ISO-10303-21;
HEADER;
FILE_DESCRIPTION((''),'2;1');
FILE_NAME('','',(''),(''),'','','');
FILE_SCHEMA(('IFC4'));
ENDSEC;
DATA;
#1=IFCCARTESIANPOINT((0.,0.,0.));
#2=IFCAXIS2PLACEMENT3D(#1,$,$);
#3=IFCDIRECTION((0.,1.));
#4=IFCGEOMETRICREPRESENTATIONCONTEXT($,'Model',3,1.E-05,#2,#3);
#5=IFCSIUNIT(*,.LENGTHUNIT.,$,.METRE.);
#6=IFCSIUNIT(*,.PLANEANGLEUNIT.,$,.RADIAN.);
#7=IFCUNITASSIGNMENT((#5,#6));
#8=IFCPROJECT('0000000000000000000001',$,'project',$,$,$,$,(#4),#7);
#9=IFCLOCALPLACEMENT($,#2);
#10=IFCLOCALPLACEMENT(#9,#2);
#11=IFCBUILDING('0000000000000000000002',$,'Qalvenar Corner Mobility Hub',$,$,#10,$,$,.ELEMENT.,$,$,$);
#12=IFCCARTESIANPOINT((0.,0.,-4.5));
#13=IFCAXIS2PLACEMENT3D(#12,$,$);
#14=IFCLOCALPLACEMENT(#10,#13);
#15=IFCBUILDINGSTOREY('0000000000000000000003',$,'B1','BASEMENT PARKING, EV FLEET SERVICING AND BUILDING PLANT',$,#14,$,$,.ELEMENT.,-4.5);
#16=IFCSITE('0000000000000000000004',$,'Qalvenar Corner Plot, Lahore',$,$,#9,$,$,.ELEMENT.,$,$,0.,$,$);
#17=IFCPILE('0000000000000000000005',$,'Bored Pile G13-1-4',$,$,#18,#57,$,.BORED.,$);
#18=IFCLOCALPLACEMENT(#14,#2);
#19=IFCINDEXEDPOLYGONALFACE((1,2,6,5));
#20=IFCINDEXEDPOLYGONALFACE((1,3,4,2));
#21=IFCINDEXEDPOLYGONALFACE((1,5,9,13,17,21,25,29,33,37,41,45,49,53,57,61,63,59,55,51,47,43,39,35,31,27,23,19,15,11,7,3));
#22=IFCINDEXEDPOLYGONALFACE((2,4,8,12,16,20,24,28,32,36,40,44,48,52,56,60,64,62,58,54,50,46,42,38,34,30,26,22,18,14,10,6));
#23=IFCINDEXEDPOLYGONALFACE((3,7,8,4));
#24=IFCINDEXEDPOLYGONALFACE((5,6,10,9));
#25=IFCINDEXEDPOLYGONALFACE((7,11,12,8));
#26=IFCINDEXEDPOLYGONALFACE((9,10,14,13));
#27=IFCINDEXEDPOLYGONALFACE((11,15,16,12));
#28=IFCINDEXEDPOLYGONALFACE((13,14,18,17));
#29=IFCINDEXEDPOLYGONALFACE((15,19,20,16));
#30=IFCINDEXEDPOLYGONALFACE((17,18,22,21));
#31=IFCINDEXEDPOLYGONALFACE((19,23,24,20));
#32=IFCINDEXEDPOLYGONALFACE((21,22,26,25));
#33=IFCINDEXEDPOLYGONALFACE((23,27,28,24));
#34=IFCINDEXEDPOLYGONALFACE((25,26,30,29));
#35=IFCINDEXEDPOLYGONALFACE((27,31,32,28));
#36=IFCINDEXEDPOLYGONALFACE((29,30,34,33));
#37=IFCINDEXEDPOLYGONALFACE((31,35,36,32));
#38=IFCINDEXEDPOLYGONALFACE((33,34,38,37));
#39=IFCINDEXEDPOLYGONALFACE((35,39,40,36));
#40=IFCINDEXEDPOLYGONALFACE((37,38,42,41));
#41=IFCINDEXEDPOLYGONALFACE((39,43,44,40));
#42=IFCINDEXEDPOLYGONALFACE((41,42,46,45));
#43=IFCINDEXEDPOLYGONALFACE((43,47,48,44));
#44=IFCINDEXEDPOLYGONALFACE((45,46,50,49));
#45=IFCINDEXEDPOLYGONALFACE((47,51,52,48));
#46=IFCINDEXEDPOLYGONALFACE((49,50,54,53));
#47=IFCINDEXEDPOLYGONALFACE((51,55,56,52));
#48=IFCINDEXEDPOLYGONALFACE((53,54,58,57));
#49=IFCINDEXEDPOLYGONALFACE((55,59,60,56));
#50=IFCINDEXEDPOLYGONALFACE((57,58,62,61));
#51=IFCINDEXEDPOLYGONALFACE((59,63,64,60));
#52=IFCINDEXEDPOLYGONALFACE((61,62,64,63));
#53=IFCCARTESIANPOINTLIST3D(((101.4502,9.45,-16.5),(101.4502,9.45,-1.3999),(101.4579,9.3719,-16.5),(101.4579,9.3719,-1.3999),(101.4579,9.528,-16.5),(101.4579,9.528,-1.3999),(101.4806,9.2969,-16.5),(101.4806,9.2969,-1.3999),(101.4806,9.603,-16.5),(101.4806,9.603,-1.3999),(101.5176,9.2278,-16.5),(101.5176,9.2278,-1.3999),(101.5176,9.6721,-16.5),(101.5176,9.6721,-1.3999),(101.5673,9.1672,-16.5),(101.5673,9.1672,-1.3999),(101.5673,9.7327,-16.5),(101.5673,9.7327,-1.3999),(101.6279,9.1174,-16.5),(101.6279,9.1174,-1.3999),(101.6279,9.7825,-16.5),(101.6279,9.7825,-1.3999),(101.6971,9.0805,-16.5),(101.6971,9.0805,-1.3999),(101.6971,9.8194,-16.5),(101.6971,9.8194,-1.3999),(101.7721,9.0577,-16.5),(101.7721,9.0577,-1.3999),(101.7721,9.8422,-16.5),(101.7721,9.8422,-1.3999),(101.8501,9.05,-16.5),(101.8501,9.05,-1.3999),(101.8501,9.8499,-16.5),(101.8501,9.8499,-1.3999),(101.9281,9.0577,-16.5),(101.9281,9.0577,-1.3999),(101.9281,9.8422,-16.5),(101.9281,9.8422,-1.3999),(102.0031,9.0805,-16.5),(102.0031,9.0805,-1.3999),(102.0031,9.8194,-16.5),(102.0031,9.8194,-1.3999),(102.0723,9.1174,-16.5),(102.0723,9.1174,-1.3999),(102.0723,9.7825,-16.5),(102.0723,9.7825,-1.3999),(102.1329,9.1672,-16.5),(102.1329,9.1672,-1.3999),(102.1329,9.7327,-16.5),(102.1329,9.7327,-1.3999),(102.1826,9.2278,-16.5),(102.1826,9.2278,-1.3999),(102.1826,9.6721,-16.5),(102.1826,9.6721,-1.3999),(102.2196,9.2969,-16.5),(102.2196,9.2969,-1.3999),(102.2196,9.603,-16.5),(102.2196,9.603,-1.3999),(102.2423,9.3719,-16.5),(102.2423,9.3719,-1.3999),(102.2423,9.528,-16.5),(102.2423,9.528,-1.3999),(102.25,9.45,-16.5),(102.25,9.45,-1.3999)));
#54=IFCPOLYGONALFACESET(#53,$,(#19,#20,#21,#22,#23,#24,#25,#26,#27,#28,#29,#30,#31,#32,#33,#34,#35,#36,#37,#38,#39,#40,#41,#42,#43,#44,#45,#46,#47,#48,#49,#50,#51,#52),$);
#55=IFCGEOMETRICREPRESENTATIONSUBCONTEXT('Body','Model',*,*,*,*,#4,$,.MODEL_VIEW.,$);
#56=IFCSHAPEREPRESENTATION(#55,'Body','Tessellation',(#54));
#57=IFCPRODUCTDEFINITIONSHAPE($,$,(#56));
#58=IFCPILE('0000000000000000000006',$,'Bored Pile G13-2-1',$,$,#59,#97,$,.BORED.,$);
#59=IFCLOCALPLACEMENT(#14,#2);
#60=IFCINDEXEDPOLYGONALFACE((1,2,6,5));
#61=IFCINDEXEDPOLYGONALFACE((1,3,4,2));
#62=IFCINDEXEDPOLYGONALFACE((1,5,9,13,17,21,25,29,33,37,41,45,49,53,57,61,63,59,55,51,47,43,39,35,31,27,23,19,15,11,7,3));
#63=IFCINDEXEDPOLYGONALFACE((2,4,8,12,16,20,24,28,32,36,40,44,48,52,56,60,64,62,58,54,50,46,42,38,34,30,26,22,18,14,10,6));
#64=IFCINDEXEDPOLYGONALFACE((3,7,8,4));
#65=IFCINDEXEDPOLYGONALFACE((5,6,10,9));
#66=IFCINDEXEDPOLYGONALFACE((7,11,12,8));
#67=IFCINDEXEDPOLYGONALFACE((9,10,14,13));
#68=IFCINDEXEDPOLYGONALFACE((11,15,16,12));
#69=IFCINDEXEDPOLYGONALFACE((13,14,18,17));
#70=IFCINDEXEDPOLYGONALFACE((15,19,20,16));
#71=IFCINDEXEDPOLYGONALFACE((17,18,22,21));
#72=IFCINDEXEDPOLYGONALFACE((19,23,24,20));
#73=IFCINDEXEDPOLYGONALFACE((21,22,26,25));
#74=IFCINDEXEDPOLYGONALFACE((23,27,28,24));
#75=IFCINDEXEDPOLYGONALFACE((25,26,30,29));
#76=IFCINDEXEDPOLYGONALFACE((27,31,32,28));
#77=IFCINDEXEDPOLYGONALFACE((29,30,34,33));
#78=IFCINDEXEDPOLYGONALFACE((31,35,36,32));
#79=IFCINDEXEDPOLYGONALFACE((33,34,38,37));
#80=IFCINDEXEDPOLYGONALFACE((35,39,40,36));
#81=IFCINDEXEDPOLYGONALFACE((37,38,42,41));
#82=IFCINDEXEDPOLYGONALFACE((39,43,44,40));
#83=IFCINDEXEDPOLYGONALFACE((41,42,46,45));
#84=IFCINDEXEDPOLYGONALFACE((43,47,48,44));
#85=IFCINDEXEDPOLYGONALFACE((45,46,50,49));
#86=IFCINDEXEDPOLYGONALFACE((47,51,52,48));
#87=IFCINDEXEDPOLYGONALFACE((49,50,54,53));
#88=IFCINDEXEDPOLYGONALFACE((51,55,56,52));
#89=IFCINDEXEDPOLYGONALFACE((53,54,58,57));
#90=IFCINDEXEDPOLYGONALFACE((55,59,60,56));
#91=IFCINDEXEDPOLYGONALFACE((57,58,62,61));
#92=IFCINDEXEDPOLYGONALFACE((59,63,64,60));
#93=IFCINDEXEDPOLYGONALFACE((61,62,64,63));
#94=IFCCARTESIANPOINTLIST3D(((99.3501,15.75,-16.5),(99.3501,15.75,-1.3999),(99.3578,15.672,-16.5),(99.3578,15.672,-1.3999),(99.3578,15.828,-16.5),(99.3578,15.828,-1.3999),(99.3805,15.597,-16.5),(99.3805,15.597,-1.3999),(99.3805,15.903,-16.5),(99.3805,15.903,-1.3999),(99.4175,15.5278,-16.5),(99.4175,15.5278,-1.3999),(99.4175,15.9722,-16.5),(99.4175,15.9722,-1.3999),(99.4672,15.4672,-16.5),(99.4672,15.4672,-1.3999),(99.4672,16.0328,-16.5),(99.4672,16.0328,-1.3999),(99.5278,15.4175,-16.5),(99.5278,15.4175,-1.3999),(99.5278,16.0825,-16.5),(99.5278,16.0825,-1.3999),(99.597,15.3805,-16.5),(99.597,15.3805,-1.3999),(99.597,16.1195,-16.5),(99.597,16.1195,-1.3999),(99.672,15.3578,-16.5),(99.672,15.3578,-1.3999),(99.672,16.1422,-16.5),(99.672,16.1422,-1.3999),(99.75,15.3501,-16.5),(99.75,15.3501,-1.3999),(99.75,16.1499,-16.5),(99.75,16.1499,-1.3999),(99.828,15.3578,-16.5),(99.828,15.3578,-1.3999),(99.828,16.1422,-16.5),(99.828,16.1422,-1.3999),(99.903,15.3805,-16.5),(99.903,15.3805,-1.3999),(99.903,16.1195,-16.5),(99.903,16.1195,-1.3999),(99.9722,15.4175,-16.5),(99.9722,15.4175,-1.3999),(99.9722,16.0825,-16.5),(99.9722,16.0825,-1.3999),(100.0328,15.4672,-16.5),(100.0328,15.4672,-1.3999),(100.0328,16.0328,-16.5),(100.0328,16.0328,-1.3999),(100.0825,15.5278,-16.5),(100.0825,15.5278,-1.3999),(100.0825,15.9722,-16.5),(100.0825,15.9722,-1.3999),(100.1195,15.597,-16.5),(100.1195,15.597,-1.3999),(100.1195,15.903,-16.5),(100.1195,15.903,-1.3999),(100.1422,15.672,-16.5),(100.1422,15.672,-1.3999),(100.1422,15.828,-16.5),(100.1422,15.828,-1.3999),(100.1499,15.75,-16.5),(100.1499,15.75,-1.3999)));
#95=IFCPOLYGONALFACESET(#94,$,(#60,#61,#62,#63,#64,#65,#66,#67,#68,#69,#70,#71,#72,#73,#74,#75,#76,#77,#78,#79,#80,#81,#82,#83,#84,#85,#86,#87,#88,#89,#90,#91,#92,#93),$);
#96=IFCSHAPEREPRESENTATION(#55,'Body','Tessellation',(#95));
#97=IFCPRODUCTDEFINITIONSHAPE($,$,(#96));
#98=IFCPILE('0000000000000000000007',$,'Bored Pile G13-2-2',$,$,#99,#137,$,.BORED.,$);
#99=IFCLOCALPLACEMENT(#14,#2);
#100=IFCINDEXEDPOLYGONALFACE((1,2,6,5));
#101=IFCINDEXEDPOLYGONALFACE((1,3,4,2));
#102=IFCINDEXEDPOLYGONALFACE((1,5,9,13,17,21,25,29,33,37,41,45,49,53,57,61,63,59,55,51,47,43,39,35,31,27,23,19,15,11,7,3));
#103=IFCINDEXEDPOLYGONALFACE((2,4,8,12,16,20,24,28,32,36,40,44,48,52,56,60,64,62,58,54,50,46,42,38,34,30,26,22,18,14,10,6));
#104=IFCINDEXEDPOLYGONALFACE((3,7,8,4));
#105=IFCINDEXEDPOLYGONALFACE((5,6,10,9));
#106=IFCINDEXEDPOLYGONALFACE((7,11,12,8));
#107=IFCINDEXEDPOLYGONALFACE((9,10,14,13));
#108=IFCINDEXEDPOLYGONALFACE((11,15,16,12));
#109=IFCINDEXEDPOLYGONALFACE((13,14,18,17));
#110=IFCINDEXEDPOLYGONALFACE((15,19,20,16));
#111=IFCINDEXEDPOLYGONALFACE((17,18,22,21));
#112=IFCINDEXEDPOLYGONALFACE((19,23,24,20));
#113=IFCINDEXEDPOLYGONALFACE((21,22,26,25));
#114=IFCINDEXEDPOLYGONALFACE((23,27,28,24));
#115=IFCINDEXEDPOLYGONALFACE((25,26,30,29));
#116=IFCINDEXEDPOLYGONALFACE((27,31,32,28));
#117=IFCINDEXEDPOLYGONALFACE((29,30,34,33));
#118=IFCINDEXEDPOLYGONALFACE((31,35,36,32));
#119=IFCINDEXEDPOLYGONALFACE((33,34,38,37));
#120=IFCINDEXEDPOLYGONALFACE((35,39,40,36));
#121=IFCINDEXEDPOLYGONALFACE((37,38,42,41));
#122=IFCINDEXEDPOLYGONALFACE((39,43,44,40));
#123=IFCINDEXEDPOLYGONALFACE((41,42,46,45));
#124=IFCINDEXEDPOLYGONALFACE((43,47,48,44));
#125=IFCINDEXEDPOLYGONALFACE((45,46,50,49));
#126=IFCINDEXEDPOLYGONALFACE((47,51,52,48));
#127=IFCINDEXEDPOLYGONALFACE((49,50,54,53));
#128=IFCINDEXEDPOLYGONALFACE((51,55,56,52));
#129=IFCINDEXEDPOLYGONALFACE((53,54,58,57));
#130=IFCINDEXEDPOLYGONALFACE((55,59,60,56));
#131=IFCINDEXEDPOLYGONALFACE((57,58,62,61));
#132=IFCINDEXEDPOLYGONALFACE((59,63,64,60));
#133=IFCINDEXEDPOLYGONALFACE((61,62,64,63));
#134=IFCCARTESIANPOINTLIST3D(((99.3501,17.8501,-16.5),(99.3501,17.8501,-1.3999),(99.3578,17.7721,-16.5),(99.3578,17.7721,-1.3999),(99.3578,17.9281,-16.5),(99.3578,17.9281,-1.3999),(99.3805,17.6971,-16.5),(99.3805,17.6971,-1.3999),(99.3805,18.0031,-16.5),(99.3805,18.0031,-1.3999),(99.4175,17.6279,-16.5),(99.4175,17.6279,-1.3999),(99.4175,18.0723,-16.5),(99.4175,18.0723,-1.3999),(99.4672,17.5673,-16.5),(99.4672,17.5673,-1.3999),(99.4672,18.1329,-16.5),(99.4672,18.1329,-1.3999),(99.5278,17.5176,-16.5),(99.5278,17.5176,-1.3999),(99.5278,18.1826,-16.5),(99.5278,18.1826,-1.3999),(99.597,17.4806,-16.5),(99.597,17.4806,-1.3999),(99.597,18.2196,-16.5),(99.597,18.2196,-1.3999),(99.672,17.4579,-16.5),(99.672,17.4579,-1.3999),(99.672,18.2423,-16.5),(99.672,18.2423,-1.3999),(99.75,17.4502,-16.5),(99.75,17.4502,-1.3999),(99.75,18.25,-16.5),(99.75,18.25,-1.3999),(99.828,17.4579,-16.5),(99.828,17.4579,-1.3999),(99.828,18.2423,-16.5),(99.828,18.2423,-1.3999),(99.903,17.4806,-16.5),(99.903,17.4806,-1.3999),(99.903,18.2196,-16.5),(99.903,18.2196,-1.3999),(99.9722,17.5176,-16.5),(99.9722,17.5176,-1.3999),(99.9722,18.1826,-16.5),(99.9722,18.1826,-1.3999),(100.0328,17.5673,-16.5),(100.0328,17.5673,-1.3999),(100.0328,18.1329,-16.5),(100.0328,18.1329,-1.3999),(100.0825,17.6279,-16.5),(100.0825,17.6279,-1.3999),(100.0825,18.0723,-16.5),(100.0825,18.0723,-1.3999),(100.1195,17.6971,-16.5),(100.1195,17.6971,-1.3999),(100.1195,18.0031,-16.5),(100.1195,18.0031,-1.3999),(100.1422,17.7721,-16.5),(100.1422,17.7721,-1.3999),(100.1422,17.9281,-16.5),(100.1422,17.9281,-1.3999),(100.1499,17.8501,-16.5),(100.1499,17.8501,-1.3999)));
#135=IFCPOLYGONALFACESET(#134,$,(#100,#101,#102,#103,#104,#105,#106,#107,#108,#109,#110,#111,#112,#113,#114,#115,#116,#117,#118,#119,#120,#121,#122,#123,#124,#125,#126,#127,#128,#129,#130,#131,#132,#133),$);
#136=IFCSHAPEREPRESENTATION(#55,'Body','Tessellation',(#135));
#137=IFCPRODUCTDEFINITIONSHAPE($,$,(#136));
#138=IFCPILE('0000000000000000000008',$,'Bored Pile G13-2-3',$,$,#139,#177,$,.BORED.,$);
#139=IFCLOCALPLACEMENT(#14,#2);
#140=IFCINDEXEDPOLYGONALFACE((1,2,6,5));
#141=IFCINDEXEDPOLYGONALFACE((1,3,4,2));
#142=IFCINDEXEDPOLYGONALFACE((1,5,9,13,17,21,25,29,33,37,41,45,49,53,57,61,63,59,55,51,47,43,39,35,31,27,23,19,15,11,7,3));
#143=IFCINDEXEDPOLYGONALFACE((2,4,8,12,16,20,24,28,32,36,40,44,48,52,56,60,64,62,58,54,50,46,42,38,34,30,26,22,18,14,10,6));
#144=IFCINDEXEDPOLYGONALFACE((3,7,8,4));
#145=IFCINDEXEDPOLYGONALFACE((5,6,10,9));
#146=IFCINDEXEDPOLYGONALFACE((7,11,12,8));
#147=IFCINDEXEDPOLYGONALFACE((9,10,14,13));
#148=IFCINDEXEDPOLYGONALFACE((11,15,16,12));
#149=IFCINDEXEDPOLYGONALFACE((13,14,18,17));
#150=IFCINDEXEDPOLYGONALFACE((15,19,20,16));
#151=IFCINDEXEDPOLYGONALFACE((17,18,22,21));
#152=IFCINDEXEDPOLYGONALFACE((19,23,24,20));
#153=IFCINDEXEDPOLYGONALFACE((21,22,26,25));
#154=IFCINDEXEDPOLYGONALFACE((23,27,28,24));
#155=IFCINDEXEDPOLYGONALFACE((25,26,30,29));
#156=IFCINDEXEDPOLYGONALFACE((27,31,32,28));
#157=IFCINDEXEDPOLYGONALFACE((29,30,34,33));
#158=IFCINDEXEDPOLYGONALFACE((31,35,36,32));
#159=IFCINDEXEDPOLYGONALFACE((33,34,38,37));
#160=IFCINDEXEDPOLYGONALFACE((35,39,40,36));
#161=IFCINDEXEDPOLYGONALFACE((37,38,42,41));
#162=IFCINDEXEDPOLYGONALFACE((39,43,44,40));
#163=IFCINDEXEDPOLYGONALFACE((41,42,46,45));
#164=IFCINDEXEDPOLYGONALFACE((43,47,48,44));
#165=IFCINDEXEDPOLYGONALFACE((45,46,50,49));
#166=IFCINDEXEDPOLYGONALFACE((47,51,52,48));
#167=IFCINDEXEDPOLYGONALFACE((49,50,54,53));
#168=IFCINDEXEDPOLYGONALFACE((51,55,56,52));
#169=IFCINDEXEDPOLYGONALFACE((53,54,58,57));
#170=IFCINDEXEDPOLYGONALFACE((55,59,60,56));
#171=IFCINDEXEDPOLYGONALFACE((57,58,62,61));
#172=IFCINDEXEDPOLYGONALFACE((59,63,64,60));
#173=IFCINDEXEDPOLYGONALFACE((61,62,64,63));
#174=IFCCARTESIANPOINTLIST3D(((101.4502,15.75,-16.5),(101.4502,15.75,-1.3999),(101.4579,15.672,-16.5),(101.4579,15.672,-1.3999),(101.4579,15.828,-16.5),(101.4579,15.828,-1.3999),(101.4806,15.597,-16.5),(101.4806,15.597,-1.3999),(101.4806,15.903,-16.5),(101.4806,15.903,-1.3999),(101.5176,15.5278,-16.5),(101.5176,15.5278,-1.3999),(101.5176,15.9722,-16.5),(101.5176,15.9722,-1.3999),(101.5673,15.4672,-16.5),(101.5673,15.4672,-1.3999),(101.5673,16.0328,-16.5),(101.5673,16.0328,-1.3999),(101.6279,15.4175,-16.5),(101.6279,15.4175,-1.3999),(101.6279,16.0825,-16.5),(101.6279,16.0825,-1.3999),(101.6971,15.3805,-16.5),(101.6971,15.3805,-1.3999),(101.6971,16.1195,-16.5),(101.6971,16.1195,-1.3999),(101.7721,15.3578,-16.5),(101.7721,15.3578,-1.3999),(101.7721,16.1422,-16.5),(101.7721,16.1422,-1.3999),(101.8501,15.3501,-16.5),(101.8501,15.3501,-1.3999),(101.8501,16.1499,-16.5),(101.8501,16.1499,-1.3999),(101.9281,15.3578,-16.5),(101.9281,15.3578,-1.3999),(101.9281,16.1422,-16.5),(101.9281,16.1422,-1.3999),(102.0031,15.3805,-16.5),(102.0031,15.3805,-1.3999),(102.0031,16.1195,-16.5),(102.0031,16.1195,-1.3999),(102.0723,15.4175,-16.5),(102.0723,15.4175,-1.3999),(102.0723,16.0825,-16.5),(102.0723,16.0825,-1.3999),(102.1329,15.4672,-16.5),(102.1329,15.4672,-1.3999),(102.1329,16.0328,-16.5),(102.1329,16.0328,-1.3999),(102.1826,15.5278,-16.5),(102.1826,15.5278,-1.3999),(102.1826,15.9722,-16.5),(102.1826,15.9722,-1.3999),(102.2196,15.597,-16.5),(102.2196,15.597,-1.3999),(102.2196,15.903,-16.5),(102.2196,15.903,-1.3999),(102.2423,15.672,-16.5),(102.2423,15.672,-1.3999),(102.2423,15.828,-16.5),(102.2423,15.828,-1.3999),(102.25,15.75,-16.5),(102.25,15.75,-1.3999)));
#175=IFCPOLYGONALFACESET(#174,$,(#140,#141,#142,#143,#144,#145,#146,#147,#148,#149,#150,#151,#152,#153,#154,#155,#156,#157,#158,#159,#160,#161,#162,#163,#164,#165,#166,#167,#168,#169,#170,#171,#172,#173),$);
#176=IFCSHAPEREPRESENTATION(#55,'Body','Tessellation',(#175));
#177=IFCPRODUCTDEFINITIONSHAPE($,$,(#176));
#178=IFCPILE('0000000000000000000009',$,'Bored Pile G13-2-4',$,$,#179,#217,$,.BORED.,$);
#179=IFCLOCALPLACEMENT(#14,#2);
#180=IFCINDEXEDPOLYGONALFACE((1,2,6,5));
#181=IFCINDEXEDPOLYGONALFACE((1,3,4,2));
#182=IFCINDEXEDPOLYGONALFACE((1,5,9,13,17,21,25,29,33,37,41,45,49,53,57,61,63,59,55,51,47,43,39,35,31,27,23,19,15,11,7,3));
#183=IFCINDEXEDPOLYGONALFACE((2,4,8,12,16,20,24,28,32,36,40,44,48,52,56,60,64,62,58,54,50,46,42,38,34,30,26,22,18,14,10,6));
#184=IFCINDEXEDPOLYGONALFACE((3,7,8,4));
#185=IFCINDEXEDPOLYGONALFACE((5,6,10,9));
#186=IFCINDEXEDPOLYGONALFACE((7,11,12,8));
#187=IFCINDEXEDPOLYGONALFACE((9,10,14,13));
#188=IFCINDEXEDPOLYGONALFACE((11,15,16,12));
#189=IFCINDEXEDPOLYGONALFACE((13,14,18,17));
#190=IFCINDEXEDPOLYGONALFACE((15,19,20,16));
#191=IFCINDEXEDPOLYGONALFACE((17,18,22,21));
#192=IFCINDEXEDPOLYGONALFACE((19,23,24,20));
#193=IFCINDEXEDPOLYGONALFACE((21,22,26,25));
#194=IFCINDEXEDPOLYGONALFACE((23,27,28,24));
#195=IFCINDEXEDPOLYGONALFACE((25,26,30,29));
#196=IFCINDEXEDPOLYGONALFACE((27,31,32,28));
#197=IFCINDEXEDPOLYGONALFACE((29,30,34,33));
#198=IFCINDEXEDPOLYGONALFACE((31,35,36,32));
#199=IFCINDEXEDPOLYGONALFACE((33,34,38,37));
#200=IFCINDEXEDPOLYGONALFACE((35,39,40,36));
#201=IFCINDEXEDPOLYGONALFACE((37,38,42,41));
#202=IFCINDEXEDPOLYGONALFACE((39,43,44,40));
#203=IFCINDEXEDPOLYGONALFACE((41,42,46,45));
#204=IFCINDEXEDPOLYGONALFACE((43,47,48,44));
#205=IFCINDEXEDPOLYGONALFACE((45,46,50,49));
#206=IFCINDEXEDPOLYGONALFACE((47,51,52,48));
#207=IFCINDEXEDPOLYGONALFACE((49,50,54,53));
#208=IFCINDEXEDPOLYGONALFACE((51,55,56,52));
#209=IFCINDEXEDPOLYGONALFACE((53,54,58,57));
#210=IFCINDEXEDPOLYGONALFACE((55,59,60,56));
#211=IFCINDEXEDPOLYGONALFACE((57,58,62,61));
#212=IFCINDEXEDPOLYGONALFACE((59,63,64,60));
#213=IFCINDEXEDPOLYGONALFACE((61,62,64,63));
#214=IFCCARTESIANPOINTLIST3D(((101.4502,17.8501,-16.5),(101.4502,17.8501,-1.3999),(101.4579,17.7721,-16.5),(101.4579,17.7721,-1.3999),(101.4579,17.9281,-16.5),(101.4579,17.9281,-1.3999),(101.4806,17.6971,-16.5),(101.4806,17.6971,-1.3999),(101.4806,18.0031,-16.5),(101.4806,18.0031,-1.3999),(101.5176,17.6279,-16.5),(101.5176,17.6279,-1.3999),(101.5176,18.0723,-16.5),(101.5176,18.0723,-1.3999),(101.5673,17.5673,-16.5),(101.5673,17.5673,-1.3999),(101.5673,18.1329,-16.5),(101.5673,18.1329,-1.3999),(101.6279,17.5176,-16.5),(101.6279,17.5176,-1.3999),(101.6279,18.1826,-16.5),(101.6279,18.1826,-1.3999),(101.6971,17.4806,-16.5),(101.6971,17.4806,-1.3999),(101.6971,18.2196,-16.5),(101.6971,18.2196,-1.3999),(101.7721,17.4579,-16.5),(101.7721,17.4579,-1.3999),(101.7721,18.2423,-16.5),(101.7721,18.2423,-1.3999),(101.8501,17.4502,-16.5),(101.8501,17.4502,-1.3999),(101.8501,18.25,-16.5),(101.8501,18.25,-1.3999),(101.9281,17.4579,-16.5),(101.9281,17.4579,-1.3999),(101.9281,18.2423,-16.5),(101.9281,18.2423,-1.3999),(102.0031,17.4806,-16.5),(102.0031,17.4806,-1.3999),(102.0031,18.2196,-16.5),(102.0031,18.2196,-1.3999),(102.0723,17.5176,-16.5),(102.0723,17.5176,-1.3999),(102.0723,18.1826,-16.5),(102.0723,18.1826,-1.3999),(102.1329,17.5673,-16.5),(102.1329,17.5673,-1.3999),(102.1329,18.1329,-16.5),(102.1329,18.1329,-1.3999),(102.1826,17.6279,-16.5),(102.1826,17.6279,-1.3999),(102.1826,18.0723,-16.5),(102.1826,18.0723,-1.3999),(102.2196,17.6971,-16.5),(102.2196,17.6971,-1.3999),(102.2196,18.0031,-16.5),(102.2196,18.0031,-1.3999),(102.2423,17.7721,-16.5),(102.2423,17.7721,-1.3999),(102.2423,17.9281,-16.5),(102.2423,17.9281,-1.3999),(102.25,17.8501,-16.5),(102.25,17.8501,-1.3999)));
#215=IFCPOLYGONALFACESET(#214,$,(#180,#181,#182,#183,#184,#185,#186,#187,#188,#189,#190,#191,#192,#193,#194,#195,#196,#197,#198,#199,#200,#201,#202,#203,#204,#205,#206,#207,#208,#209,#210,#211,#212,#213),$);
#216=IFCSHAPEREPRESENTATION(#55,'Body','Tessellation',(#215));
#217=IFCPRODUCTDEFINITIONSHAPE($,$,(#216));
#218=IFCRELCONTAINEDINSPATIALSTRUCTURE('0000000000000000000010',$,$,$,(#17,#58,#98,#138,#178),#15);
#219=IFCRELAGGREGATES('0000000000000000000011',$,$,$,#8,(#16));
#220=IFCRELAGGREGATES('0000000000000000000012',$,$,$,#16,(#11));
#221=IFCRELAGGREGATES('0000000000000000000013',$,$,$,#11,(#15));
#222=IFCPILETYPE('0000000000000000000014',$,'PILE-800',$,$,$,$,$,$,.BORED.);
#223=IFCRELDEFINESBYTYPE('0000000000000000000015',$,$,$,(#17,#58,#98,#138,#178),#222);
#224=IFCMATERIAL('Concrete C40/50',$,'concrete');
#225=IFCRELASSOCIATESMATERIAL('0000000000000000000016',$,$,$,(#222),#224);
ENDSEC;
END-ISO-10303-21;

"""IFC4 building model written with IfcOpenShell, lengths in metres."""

from ifc_helpers import new_model, si_unit, direction, frame, origin, origin_2d, place, context, subcontext, project, spatial, circle, extrude, material, material_profile, profile_set, type_object, element, save


model = new_model("IFC4")

# Units and contexts
model_context = context("Model", 3, precision=1e-05, world=origin(), true_north=direction((0.0, 1.0)))
body_context = subcontext(model_context, "Body", "Model", "MODEL_VIEW")
ifc_project = project(units=[si_unit("LENGTHUNIT", "METRE"), si_unit("PLANEANGLEUNIT", "RADIAN")], contexts=[model_context])

# Site, building, storey
site_placement = place(None, origin())
site = spatial("IfcSite", under=ifc_project, at=site_placement, Name="Qalvenar Corner Plot, Lahore", CompositionType="ELEMENT", RefElevation=0.0)
building_placement = place(site_placement, origin())
building = spatial("IfcBuilding", under=site, at=building_placement, Name="Qalvenar Corner Mobility Hub", CompositionType="ELEMENT")
storey_placement = place(building_placement, frame((0.0, 0.0, -4.5)))
storey = spatial("IfcBuildingStorey", under=building, at=storey_placement, Name="B1", Description="BASEMENT PARKING, EV FLEET SERVICING AND BUILDING PLANT", CompositionType="ELEMENT", Elevation=-4.5)

# Shared definitions
ifc_material_1 = material(Name="Concrete C40/50", Category="concrete")

# Piles
ifc_material_profile_1 = material_profile(ifc_material_1, circle(Radius=0.3999, at=origin_2d()), Name="DIA800")
ifc_profile_set_1 = profile_set([ifc_material_profile_1], Name="Concrete C40/50")
pile_type_1 = type_object("IfcPileType", Name="PILE-800", PredefinedType="BORED", material=ifc_profile_set_1)
for number, where, z_axis, x_axis, name in (
    (1, (101.8501, 9.45, -1.3999), (0.0, 0.0, -1.0), (1.0, 0.0, 0.0), "Bored Pile G13-1-4"),
    (2, (99.75, 15.75, -1.3999), (0.0, 0.0, -1.0), (1.0, 0.0, 0.0), "Bored Pile G13-2-1"),
    (3, (99.75, 17.8501, -1.3999), (0.0, 0.0, -1.0), (1.0, 0.0, 0.0), "Bored Pile G13-2-2"),
    (4, (101.8501, 15.75, -1.3999), (0.0, 0.0, -1.0), (1.0, 0.0, 0.0), "Bored Pile G13-2-3"),
    (5, (101.8501, 17.8501, -1.3999), (0.0, 0.0, -1.0), (1.0, 0.0, 0.0), "Bored Pile G13-2-4"),
):
    element("IfcPile", number, at=place(storey_placement, frame(where, z_axis=z_axis, x_axis=x_axis)), inside=storey, type_object=pile_type_1, Name=name, PredefinedType="BORED", context=body_context, shape_type="SweptSolid", body=[
        extrude(circle(Radius=0.3999, at=origin_2d()), origin(), (0.0, 0.0, 1.0), 15.1001),
    ])

save(model, "model.ifc")
